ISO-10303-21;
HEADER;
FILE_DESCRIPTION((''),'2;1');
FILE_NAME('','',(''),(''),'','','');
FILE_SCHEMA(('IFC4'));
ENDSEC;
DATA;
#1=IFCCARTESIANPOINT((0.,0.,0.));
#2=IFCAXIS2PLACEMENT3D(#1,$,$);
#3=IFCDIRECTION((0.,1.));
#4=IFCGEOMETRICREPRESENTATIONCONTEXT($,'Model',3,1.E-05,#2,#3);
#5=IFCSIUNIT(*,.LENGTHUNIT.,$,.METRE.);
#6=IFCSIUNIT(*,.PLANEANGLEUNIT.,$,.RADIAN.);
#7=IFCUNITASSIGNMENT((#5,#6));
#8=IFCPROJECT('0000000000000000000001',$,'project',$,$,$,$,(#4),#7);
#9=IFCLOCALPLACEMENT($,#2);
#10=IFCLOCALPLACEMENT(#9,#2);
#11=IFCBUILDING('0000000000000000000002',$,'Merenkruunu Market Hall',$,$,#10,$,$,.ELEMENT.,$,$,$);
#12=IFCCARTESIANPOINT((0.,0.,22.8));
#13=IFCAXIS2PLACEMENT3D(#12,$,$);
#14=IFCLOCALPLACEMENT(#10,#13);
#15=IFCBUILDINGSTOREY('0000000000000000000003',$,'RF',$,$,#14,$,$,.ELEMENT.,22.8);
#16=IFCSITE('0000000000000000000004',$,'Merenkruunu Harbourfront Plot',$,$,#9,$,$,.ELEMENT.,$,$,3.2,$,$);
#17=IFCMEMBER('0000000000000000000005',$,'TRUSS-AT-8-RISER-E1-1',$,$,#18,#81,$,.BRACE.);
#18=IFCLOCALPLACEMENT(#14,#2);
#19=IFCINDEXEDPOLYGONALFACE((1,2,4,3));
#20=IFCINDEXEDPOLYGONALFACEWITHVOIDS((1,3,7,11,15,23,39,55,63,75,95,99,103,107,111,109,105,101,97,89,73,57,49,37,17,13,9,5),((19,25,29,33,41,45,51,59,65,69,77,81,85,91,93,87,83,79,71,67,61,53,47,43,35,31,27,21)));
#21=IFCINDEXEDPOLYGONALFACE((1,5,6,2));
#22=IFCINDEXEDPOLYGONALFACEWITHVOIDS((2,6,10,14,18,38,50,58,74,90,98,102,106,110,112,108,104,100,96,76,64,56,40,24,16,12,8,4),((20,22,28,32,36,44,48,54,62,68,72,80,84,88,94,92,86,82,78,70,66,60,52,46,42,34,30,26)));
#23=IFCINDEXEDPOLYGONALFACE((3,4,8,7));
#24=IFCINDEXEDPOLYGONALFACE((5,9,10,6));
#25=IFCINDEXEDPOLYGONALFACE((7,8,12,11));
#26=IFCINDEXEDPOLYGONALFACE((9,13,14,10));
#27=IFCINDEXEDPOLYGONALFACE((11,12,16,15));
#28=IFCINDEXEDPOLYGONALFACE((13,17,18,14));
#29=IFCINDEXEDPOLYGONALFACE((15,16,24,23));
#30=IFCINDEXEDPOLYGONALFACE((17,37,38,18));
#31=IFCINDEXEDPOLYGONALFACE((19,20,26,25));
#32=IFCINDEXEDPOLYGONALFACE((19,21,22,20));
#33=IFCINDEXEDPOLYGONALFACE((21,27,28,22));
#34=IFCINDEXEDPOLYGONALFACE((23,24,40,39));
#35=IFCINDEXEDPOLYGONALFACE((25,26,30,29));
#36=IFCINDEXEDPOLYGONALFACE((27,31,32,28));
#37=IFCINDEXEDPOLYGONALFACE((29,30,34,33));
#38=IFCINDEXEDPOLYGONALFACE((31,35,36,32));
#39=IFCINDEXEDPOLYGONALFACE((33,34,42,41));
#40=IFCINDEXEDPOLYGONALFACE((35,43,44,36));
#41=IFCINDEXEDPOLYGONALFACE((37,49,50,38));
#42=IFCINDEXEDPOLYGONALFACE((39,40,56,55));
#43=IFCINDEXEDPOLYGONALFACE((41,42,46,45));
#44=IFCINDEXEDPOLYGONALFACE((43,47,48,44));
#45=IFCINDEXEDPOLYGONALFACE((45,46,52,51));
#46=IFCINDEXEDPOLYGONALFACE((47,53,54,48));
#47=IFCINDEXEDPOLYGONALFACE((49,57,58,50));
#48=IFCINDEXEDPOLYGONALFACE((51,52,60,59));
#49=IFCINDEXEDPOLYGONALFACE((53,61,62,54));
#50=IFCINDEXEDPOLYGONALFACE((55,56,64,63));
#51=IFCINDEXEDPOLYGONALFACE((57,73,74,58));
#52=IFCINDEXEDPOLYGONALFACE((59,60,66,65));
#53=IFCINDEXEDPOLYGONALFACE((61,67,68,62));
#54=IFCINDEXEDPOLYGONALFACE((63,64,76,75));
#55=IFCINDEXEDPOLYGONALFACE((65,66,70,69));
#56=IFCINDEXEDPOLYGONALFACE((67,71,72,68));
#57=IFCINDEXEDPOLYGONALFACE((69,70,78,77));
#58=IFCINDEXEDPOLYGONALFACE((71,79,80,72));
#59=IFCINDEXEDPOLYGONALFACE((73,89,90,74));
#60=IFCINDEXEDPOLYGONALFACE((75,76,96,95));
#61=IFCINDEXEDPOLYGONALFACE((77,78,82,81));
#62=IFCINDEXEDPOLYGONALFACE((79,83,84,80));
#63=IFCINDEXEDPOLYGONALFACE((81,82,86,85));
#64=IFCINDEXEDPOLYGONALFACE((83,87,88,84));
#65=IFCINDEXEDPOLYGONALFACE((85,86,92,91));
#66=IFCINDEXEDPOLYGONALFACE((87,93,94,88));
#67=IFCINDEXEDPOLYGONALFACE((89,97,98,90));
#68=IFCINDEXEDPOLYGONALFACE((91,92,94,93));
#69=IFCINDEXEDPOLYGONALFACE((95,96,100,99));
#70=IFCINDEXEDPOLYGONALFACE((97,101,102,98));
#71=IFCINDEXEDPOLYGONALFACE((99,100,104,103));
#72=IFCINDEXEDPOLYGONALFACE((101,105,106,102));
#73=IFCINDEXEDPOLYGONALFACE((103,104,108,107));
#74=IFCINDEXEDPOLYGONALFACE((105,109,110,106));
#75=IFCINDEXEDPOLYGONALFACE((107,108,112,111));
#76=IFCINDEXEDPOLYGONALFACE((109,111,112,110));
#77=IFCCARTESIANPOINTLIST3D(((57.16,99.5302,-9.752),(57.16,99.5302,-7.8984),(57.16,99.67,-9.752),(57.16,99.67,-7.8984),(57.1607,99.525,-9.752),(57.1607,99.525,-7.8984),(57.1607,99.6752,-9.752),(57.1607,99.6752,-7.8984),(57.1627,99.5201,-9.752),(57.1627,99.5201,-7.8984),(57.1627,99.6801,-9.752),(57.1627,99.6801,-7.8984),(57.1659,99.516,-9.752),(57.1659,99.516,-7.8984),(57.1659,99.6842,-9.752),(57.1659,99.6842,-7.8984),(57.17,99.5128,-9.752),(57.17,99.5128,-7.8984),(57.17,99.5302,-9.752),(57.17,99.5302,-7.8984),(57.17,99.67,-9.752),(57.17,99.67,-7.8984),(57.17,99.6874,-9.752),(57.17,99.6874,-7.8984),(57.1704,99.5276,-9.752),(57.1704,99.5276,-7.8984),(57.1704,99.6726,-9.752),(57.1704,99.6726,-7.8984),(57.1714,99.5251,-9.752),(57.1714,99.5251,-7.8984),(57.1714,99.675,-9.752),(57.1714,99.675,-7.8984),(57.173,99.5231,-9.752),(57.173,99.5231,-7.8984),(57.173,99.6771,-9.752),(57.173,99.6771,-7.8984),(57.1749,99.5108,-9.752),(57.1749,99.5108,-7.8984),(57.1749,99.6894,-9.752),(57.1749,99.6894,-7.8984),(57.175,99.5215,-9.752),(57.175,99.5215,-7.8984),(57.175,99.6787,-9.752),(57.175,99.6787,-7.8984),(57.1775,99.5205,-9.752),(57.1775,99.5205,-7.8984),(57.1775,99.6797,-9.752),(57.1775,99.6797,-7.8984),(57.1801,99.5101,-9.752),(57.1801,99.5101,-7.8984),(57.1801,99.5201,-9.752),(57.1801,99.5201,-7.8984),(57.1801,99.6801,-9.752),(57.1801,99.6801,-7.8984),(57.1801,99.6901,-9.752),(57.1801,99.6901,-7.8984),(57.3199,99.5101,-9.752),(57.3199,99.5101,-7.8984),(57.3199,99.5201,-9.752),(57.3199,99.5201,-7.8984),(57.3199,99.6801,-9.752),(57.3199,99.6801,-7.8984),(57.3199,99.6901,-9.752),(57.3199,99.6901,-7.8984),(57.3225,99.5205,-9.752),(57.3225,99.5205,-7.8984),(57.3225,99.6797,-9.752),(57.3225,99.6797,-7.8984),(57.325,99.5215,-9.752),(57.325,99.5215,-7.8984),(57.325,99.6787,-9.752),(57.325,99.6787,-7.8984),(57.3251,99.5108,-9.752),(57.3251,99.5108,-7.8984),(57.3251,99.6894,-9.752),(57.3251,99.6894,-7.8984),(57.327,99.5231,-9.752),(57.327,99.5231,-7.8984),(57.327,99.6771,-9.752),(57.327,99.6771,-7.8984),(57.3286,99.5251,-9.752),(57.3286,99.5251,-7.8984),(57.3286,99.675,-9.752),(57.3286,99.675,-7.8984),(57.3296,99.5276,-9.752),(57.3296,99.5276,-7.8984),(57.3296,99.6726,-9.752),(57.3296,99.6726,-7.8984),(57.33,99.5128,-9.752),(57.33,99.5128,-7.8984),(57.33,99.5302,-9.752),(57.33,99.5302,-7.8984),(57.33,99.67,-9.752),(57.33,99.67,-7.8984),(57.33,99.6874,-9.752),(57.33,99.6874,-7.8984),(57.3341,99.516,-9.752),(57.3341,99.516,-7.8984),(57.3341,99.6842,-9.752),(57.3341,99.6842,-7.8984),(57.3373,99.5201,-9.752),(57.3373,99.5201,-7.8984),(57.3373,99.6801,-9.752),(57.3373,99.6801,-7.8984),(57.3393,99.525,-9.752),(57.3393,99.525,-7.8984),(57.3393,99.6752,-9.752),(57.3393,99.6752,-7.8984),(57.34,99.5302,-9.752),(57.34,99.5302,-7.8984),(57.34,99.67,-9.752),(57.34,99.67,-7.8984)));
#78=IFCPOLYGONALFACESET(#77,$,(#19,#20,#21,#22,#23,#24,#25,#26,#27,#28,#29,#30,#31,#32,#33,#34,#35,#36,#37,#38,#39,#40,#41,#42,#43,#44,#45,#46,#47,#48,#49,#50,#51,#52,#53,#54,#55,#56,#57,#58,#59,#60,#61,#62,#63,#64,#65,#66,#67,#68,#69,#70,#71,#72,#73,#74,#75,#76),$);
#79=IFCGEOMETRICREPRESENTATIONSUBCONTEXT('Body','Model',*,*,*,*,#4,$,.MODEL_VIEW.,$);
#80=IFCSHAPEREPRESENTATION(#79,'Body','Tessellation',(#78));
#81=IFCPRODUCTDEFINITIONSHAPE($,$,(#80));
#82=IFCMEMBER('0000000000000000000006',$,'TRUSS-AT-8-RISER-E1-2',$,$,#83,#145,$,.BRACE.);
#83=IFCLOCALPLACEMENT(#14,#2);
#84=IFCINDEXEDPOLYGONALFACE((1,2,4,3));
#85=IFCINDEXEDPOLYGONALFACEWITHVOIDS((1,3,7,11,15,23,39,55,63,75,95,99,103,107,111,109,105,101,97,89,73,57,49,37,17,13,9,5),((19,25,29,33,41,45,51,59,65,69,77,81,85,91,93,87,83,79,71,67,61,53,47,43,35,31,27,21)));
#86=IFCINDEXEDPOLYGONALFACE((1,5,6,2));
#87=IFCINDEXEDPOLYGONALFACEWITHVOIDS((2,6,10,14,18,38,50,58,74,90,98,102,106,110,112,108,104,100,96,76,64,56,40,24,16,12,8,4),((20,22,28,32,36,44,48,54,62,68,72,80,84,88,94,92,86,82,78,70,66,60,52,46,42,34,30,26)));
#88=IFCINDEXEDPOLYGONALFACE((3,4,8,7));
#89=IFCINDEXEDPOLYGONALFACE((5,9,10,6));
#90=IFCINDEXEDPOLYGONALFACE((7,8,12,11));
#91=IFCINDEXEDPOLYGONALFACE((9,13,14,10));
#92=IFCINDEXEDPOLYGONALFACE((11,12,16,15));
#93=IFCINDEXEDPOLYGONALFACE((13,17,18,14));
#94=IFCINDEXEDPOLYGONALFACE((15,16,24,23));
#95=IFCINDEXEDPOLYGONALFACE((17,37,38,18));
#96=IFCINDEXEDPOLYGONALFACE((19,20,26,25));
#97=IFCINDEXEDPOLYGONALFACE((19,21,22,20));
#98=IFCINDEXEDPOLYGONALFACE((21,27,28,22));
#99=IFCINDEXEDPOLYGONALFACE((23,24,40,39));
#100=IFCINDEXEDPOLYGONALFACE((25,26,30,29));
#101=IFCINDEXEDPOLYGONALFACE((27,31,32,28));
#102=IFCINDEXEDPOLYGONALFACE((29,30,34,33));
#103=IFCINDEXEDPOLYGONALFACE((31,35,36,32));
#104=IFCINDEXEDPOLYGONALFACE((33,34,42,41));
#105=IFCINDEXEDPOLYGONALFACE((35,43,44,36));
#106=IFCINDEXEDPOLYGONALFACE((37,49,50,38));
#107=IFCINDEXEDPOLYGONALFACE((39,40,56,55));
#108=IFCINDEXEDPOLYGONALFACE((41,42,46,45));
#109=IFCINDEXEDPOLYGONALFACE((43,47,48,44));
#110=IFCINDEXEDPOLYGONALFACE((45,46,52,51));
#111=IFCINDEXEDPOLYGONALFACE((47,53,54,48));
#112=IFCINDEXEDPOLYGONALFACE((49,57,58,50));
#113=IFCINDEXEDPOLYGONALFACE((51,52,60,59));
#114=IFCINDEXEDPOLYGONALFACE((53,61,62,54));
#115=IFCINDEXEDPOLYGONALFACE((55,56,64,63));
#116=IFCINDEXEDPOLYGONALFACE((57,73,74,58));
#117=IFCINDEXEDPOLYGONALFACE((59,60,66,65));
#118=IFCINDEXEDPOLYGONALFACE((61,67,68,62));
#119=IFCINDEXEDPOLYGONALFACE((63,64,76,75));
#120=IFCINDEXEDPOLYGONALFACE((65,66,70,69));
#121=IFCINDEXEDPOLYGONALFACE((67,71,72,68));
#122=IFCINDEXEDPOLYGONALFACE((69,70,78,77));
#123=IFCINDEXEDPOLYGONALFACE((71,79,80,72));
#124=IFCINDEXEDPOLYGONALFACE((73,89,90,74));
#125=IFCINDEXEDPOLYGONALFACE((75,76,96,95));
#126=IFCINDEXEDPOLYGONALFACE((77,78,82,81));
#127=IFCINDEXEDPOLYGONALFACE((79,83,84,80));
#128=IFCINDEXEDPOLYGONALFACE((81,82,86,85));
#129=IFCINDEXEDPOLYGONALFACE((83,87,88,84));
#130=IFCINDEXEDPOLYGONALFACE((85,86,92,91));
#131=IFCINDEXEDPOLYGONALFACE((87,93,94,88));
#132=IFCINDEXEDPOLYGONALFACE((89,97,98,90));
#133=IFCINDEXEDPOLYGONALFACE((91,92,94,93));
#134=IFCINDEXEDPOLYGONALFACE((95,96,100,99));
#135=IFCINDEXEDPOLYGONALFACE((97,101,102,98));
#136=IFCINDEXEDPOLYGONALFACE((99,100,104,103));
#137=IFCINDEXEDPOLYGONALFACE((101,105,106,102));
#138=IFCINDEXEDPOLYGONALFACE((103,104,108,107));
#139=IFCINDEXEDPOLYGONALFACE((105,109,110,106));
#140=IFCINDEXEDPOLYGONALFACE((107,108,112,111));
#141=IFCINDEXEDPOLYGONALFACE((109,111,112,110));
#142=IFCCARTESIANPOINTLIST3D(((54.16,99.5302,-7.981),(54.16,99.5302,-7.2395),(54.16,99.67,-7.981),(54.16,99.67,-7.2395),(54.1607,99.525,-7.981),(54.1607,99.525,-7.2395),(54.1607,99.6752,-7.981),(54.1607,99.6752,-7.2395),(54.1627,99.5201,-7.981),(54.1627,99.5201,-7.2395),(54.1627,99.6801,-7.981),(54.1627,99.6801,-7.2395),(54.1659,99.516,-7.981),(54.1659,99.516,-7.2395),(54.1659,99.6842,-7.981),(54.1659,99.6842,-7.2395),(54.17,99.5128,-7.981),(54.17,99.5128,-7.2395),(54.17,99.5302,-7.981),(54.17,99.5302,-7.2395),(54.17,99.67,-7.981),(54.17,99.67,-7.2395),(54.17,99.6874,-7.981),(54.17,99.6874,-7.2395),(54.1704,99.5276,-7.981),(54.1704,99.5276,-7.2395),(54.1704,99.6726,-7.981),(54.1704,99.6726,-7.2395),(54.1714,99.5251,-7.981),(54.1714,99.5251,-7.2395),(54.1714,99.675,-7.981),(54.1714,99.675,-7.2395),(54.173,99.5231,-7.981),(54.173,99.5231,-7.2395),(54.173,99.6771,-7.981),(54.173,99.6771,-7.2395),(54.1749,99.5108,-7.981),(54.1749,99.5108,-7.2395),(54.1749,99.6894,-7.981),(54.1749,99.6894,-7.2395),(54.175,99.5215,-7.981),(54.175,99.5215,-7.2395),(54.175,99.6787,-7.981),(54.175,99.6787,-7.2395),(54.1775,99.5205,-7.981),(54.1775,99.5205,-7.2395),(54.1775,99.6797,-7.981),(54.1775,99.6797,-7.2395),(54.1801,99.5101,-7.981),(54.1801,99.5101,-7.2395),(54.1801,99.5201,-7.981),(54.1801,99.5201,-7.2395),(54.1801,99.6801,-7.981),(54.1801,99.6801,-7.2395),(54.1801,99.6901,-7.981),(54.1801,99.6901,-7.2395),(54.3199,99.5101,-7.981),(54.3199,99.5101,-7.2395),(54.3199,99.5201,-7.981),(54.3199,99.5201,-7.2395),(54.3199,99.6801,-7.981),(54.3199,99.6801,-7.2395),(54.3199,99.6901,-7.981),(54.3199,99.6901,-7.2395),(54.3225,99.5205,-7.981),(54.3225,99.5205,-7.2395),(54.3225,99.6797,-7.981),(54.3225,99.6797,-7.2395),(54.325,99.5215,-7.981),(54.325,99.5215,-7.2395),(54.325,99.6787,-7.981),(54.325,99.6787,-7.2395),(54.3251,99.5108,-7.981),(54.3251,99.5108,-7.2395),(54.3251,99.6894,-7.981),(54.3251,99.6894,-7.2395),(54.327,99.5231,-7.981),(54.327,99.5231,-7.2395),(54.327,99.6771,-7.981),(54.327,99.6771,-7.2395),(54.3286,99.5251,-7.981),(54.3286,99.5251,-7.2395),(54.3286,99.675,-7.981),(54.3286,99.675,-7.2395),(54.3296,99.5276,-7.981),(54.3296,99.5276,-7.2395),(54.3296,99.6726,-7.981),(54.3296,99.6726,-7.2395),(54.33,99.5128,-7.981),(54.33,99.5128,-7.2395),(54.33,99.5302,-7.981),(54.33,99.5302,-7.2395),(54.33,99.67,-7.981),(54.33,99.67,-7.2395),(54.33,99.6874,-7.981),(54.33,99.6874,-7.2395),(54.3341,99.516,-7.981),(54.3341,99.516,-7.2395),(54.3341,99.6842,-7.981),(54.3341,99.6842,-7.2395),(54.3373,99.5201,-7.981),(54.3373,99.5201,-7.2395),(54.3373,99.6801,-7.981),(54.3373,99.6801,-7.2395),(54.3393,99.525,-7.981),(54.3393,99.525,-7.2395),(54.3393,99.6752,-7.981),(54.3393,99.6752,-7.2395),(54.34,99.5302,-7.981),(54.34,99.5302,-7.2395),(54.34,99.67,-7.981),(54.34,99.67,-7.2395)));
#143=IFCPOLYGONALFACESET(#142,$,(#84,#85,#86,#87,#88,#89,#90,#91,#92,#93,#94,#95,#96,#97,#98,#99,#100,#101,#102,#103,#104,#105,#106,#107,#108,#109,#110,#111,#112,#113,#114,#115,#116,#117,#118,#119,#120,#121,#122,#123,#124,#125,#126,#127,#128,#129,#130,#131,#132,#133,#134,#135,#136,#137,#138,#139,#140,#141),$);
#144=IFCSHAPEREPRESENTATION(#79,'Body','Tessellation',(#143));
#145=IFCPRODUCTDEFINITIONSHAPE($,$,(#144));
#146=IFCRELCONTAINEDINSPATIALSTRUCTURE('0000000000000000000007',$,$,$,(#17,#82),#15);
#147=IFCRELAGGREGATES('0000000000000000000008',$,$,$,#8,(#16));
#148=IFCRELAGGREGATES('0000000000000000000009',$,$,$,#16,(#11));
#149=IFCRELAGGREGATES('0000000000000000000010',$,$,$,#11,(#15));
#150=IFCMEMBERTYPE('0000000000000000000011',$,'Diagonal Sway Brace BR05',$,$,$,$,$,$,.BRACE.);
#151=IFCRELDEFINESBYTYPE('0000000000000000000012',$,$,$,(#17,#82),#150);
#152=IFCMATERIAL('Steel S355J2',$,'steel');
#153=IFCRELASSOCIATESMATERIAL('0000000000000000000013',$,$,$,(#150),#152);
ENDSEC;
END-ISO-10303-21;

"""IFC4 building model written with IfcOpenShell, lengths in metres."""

from ifc_helpers import new_model, si_unit, direction, frame, origin, origin_2d, place, context, subcontext, project, spatial, hollow_rectangle, extrude, material, material_profile, profile_set, type_object, element, save


model = new_model("IFC4")

# Units and contexts
model_context = context("Model", 3, precision=1e-05, world=origin(), true_north=direction((0.0, 1.0)))
body_context = subcontext(model_context, "Body", "Model", "MODEL_VIEW")
ifc_project = project(units=[si_unit("LENGTHUNIT", "METRE"), si_unit("PLANEANGLEUNIT", "RADIAN")], contexts=[model_context])

# Site, building, storey
site_placement = place(None, origin())
site = spatial("IfcSite", under=ifc_project, at=site_placement, Name="Merenkruunu Harbourfront Plot", CompositionType="ELEMENT", RefElevation=3.2)
building_placement = place(site_placement, origin())
building = spatial("IfcBuilding", under=site, at=building_placement, Name="Merenkruunu Market Hall", CompositionType="ELEMENT")
storey_placement = place(building_placement, frame((0.0, 0.0, 22.8)))
storey = spatial("IfcBuildingStorey", under=building, at=storey_placement, Name="RF", CompositionType="ELEMENT", Elevation=22.8)

# Members
ifc_material_1 = material(Name="Steel S355J2", Category="steel")
ifc_material_profile_1 = material_profile(ifc_material_1, hollow_rectangle(XDim=0.1799, YDim=0.1799, WallThickness=0.01, InnerFilletRadius=0.01, OuterFilletRadius=0.02, at=origin_2d()), Name="SHS 180x180x10")
ifc_profile_set_1 = profile_set([ifc_material_profile_1], Name="Steel S355J2")
member_type_1 = type_object("IfcMemberType", Name="Diagonal Sway Brace BR05", PredefinedType="BRACE", material=ifc_profile_set_1)
member_1_placement = place(storey_placement, frame((57.25, 99.6001, -9.752), z_axis=(0.0, 0.0, 1.0), x_axis=(1.0, 0.0, 0.0)))
element("IfcMember", 1, at=member_1_placement, inside=storey, type_object=member_type_1, Name="TRUSS-AT-8-RISER-E1-1", PredefinedType="BRACE", context=body_context, shape_type="SweptSolid", body=[
    extrude(hollow_rectangle(XDim=0.1799, YDim=0.1799, WallThickness=0.01, InnerFilletRadius=0.01, OuterFilletRadius=0.02, at=origin_2d()), origin(), (0.0, 0.0, 1.0), 1.8535),
])
member_2_placement = place(storey_placement, frame((54.25, 99.6001, -7.981), z_axis=(0.0, 0.0, 1.0), x_axis=(1.0, 0.0, 0.0)))
element("IfcMember", 2, at=member_2_placement, inside=storey, type_object=member_type_1, Name="TRUSS-AT-8-RISER-E1-2", PredefinedType="BRACE", context=body_context, shape_type="SweptSolid", body=[
    extrude(hollow_rectangle(XDim=0.1799, YDim=0.1799, WallThickness=0.01, InnerFilletRadius=0.01, OuterFilletRadius=0.02, at=origin_2d()), origin(), (0.0, 0.0, 1.0), 0.7415),
])

save(model, "model.ifc")
